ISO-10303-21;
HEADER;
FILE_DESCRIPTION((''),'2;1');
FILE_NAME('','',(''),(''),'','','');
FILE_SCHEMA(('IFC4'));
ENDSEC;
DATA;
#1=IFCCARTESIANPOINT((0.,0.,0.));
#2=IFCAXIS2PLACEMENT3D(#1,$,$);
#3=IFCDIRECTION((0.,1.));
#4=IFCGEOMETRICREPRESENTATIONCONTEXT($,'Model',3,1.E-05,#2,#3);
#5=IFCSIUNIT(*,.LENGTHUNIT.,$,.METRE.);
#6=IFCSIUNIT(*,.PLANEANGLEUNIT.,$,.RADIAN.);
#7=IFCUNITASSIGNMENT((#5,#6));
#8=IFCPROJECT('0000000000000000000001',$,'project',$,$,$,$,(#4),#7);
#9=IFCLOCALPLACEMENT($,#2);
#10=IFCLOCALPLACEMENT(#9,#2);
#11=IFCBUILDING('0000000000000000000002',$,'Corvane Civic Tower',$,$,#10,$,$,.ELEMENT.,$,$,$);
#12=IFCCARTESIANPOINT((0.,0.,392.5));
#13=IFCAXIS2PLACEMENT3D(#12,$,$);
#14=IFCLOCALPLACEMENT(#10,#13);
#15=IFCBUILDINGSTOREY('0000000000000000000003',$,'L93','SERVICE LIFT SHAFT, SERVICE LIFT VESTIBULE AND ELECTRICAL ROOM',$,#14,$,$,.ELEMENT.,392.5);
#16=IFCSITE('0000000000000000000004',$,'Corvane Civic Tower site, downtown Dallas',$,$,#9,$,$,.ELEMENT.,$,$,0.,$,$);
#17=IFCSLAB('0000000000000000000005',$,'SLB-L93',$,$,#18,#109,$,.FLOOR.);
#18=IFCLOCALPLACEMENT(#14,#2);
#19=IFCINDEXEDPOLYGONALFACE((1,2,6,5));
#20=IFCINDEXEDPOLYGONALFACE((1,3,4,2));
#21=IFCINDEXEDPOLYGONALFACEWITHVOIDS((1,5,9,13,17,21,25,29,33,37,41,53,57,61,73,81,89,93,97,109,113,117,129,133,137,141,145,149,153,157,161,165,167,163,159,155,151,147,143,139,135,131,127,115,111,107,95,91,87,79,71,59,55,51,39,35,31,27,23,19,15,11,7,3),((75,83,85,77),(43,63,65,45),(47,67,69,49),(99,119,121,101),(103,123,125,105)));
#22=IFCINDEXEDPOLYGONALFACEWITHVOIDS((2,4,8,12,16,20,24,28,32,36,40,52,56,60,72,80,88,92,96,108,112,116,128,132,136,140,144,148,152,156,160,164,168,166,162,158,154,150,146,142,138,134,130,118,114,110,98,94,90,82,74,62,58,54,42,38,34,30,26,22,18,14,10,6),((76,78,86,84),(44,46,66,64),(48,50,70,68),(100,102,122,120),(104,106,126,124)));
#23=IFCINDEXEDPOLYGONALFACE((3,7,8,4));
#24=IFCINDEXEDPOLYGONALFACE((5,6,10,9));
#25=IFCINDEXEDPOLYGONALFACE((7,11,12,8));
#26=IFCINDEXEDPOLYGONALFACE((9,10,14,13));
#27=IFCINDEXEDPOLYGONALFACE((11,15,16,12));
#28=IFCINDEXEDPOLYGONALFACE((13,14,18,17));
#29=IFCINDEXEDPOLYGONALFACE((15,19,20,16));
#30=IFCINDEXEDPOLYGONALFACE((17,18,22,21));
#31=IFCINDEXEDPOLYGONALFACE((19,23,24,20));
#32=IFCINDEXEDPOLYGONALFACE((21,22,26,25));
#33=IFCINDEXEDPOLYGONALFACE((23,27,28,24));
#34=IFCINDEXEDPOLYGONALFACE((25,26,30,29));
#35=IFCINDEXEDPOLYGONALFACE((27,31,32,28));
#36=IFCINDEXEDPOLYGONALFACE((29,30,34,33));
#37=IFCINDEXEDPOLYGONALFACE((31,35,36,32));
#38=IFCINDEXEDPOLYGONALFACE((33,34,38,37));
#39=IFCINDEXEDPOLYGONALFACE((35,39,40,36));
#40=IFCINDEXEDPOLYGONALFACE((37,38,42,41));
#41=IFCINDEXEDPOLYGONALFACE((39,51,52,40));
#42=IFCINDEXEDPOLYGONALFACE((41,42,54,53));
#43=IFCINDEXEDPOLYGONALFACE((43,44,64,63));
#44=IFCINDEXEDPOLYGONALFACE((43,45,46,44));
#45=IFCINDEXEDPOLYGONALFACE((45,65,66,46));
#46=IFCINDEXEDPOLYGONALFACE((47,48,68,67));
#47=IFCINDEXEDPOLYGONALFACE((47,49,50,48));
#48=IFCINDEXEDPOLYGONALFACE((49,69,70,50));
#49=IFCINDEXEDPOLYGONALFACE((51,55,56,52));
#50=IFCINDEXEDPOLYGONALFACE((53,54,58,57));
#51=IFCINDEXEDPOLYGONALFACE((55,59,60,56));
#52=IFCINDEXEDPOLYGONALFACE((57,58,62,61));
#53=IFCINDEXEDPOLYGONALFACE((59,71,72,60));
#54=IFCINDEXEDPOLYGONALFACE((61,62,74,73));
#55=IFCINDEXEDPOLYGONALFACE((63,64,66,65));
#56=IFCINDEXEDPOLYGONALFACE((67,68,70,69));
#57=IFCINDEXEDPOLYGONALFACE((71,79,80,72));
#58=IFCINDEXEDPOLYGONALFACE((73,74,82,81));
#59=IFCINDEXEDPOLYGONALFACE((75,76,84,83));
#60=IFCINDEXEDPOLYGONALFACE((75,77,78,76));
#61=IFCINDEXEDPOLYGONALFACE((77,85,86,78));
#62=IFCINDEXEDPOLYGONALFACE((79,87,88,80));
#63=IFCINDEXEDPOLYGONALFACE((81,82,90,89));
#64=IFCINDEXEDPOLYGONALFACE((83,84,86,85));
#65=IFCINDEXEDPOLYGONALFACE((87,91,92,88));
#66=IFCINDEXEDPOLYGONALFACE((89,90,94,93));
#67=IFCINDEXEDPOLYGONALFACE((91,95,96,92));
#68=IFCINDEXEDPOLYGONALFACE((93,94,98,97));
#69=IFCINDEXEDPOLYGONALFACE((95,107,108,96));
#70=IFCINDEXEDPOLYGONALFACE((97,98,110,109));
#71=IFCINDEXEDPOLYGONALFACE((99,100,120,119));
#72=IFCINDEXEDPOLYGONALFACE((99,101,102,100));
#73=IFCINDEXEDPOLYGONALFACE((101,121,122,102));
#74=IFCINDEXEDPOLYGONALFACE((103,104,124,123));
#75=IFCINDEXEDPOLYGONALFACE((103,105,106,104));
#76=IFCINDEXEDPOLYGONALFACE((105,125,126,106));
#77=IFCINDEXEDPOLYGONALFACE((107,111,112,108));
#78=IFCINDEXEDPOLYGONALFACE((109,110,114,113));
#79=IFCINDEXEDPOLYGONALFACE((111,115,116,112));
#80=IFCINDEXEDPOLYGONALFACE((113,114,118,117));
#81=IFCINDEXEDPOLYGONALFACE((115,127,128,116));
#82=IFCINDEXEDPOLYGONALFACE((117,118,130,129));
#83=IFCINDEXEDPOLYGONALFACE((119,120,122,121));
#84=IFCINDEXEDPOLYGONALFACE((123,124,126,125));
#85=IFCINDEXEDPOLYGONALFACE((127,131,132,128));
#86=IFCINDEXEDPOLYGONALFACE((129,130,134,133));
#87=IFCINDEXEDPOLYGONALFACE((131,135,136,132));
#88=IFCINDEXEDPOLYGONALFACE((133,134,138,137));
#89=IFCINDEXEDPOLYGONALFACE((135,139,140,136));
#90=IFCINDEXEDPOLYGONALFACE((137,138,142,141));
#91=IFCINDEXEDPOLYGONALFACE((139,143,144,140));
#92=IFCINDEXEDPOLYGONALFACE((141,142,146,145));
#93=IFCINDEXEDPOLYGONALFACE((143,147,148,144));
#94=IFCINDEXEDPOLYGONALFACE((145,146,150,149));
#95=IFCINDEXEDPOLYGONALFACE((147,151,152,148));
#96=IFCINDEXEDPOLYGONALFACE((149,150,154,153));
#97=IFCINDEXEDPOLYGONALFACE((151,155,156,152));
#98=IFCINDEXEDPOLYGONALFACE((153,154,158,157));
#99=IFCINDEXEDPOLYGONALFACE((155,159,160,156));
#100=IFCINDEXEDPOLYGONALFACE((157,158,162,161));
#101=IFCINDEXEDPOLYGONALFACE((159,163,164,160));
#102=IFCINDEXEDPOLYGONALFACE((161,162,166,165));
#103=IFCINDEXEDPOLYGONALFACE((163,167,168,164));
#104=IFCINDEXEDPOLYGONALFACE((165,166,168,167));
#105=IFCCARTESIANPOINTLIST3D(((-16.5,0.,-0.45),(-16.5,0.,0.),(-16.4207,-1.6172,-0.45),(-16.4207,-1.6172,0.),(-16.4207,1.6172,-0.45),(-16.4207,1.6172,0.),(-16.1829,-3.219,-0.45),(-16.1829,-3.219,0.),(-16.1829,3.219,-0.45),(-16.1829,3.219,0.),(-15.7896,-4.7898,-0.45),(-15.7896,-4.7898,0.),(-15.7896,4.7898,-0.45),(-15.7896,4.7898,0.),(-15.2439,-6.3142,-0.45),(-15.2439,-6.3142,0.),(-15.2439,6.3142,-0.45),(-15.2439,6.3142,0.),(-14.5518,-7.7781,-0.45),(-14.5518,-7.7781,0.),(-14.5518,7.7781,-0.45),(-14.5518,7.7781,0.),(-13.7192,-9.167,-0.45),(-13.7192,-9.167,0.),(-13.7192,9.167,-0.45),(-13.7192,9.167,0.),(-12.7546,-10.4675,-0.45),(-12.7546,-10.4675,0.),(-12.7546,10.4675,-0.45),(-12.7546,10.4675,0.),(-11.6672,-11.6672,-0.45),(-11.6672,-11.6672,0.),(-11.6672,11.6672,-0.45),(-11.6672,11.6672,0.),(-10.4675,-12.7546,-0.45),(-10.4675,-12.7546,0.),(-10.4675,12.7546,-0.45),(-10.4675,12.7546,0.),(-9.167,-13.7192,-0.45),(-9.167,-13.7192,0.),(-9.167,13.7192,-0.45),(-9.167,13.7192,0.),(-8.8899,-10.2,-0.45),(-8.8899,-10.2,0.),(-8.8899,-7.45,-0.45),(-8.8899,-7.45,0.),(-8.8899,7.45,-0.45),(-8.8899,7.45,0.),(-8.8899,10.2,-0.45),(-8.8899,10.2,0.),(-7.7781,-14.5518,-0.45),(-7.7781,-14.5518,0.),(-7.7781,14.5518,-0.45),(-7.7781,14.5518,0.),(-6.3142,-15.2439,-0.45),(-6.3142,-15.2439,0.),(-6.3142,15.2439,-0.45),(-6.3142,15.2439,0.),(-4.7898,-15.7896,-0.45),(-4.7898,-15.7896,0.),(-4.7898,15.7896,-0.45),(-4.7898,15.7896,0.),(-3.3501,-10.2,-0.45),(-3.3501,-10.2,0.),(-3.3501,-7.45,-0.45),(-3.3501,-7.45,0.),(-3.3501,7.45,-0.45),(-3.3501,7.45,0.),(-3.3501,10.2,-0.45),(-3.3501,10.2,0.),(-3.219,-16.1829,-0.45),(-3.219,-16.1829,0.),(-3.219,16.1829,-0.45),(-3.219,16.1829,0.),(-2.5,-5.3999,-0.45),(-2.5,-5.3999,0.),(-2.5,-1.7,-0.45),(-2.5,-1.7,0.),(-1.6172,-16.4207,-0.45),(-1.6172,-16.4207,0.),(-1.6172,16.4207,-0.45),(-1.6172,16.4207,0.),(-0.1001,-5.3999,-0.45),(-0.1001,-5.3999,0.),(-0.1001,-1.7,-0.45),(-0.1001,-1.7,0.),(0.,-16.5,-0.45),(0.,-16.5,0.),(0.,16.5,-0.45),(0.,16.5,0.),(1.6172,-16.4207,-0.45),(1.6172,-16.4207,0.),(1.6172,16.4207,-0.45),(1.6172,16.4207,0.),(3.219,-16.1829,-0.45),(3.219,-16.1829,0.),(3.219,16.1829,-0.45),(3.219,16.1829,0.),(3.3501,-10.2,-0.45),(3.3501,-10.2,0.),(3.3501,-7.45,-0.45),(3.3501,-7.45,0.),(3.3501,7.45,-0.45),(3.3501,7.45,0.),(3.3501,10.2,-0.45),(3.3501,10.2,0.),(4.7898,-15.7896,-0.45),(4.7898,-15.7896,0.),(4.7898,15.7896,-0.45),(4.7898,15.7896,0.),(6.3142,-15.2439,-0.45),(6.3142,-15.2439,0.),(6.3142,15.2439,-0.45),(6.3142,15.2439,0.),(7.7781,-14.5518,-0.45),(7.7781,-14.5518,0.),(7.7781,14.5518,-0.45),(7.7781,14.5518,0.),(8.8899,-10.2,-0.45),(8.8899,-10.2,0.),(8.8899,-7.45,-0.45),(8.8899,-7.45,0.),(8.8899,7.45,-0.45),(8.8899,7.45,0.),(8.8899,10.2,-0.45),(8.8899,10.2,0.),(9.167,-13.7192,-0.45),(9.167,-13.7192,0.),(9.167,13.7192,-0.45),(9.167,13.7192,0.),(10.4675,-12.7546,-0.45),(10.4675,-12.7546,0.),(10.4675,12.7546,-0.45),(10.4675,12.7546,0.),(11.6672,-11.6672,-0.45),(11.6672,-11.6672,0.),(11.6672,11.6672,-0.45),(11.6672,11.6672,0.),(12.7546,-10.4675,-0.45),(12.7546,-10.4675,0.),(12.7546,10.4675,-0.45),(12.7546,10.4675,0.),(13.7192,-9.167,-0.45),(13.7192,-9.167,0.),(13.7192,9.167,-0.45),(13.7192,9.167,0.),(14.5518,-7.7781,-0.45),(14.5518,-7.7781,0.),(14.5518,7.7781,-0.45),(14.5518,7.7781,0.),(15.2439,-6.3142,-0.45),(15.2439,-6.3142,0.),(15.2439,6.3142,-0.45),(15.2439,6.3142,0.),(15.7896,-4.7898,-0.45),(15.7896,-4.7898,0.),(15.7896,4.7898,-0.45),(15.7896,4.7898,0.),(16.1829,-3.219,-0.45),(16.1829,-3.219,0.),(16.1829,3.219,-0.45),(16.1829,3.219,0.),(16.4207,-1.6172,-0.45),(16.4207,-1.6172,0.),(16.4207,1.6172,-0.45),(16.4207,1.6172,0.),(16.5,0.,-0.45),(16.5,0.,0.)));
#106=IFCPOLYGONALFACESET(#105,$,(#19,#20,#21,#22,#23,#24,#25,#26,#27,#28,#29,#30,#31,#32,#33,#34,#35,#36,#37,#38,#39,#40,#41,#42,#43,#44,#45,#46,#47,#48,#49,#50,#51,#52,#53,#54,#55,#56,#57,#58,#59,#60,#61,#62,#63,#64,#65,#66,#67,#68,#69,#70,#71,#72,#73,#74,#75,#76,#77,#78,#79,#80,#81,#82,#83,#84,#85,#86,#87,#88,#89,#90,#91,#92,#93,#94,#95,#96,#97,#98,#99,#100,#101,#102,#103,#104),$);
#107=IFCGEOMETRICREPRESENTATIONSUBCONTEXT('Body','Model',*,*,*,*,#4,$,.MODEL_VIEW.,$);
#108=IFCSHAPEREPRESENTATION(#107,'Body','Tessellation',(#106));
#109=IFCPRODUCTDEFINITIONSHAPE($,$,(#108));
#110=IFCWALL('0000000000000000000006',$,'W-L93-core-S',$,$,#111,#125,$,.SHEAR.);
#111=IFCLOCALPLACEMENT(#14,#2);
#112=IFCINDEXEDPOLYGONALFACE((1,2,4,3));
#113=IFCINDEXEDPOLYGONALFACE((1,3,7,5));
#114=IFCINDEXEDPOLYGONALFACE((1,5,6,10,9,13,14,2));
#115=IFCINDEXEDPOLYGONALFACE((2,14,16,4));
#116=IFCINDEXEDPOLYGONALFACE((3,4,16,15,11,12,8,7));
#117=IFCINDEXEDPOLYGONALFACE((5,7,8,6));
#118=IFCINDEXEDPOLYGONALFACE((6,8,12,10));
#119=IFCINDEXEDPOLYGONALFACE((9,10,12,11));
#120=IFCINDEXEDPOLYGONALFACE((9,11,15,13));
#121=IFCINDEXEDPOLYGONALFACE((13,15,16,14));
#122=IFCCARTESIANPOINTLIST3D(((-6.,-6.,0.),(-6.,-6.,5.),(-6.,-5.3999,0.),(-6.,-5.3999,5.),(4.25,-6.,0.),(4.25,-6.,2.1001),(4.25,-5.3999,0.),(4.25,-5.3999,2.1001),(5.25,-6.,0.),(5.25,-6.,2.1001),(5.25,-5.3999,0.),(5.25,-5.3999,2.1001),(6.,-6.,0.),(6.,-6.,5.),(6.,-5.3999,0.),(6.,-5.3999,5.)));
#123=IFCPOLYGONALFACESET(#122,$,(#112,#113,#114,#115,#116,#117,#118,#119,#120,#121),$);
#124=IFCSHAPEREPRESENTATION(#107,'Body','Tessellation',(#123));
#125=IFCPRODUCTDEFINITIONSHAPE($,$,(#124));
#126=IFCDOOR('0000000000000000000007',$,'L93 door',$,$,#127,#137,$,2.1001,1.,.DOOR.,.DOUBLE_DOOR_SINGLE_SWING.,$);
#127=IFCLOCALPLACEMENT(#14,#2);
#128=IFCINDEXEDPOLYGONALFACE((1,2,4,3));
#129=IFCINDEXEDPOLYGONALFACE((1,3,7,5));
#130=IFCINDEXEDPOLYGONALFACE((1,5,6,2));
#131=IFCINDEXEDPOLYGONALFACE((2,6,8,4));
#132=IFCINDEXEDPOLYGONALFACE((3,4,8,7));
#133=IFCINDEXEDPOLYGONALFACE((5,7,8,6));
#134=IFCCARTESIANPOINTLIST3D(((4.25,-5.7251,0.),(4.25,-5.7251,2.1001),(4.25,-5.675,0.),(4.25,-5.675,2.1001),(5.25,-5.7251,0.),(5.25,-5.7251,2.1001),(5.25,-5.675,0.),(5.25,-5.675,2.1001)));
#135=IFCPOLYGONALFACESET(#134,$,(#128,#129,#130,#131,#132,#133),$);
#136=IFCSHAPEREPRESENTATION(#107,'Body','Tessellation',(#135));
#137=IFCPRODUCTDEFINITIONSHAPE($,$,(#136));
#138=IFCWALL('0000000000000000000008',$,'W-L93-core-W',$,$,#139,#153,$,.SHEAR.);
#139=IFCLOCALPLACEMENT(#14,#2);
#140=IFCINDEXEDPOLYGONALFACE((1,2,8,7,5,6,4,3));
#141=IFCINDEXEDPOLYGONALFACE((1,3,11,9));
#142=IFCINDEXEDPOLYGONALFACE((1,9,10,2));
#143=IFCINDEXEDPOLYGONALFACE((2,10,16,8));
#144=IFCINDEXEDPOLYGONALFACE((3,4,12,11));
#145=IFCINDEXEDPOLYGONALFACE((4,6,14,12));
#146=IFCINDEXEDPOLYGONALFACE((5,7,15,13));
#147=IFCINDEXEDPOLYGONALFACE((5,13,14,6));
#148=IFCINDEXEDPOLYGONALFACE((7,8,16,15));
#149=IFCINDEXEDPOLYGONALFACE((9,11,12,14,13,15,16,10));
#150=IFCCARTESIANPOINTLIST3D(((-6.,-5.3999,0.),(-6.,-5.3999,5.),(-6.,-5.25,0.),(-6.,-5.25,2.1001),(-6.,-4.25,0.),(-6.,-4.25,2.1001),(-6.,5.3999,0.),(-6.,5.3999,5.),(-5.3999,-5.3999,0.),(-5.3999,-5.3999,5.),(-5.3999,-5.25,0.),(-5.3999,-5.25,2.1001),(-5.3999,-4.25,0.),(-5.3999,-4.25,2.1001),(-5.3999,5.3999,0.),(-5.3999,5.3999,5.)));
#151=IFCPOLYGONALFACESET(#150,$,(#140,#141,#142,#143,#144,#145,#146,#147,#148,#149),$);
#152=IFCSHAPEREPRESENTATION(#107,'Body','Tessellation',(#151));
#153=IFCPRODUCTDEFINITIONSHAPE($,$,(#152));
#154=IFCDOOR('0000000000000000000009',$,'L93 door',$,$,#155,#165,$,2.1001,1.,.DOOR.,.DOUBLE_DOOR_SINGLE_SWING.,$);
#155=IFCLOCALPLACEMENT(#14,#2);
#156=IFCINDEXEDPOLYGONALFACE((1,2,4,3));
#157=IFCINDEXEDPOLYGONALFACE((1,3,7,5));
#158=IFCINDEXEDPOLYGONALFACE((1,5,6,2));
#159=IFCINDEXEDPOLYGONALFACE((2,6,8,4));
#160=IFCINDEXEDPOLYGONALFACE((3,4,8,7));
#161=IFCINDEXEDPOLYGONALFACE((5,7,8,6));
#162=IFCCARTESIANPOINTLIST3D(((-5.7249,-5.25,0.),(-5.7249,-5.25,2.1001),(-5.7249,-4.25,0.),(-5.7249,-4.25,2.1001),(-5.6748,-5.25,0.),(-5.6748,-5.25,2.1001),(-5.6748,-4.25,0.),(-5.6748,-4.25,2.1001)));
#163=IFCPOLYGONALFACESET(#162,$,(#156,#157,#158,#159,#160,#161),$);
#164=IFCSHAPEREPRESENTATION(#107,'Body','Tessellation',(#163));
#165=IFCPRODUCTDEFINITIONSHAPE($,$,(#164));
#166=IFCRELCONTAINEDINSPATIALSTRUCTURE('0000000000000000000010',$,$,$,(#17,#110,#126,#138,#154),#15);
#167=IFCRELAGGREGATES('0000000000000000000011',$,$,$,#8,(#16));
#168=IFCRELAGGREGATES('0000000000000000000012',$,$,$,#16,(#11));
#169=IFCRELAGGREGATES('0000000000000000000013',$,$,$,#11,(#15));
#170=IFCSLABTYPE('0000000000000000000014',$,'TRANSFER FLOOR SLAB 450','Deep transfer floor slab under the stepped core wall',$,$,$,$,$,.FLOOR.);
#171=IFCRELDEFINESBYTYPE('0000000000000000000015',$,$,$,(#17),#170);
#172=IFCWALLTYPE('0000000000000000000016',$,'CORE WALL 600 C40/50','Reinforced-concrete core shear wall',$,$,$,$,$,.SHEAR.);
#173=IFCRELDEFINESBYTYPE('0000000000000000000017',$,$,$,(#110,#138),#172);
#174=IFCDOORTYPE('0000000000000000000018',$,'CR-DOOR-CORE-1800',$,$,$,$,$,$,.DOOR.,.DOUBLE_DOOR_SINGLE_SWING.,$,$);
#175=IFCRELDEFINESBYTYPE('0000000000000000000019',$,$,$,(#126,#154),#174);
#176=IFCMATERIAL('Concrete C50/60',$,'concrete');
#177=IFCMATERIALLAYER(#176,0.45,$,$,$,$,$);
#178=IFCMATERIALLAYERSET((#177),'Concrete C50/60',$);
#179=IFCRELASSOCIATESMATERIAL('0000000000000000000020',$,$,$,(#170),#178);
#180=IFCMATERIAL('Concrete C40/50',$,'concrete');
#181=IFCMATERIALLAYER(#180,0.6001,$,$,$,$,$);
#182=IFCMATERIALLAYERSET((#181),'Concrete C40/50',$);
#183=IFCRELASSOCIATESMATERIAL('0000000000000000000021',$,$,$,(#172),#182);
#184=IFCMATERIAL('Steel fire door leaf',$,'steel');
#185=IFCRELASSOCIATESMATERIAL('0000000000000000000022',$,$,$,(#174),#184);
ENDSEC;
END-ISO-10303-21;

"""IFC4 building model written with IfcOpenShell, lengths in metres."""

from ifc_helpers import new_model, si_unit, direction, frame, frame_2d, origin, place, context, subcontext, project, spatial, polyline, rectangle, outline, extrude, material, layer, layer_set, type_object, element, fill, save


model = new_model("IFC4")

# Units and contexts
model_context = context("Model", 3, precision=1e-05, world=origin(), true_north=direction((0.0, 1.0)))
body_context = subcontext(model_context, "Body", "Model", "MODEL_VIEW")
ifc_project = project(units=[si_unit("LENGTHUNIT", "METRE"), si_unit("PLANEANGLEUNIT", "RADIAN")], contexts=[model_context])

# Site, building, storey
site_placement = place(None, origin())
site = spatial("IfcSite", under=ifc_project, at=site_placement, Name="Corvane Civic Tower site, downtown Dallas", CompositionType="ELEMENT", RefElevation=0.0)
building_placement = place(site_placement, origin())
building = spatial("IfcBuilding", under=site, at=building_placement, Name="Corvane Civic Tower", CompositionType="ELEMENT")
storey_placement = place(building_placement, frame((0.0, 0.0, 392.5)))
storey = spatial("IfcBuildingStorey", under=building, at=storey_placement, Name="L93", Description="SERVICE LIFT SHAFT, SERVICE LIFT VESTIBULE AND ELECTRICAL ROOM", CompositionType="ELEMENT", Elevation=392.5)

# Slab
ifc_material_1 = material(Name="Concrete C50/60", Category="concrete")
ifc_layer_1 = layer(ifc_material_1, 0.45)
ifc_layer_set_1 = layer_set([ifc_layer_1], Name="Concrete C50/60")
slab_type_1 = type_object("IfcSlabType", Name="TRANSFER FLOOR SLAB 450", Description="Deep transfer floor slab under the stepped core wall", PredefinedType="FLOOR", material=ifc_layer_set_1)
slab_1_placement = place(storey_placement, frame((0.0, 0.0, -0.45)))
element("IfcSlab", 1, at=slab_1_placement, inside=storey, type_object=slab_type_1, Name="SLB-L93", PredefinedType="FLOOR", context=body_context, shape_type="SweptSolid", body=[
    extrude(outline(polyline([(0.0, 16.5), (-1.6172, 16.4207), (-3.219, 16.1829), (-4.7898, 15.7896), (-6.3142, 15.2439), (-7.7781, 14.5518), (-9.167, 13.7192), (-10.4675, 12.7546), (-11.6672, 11.6672), (-12.7546, 10.4675), (-13.7192, 9.167), (-14.5518, 7.7781), (-15.2439, 6.3142), (-15.7896, 4.7898), (-16.1829, 3.219), (-16.4207, 1.6172), (-16.5, 0.0), (-16.4207, -1.6172), (-16.1829, -3.219), (-15.7896, -4.7898), (-15.2439, -6.3142), (-14.5518, -7.7781), (-13.7192, -9.167), (-12.7546, -10.4675), (-11.6672, -11.6672), (-10.4675, -12.7546), (-9.167, -13.7192), (-7.7781, -14.5518), (-6.3142, -15.2439), (-4.7898, -15.7896), (-3.219, -16.1829), (-1.6172, -16.4207), (0.0, -16.5), (1.6172, -16.4207), (3.219, -16.1829), (4.7898, -15.7896), (6.3142, -15.2439), (7.7781, -14.5518), (9.167, -13.7192), (10.4675, -12.7546), (11.6672, -11.6672), (12.7546, -10.4675), (13.7192, -9.167), (14.5518, -7.7781), (15.2439, -6.3142), (15.7896, -4.7898), (16.1829, -3.219), (16.4207, -1.6172), (16.5, 0.0), (16.4207, 1.6172), (16.1829, 3.219), (15.7896, 4.7898), (15.2439, 6.3142), (14.5518, 7.7781), (13.7192, 9.167), (12.7546, 10.4675), (11.6672, 11.6672), (10.4675, 12.7546), (9.167, 13.7192), (7.7781, 14.5518), (6.3142, 15.2439), (4.7898, 15.7896), (3.219, 16.1829), (1.6172, 16.4207), (0.0, 16.5)]), holes=[polyline([(-2.5, -5.3999), (-2.5, -1.7), (-0.1001, -1.7), (-0.1001, -5.3999), (-2.5, -5.3999)]), polyline([(8.8899, 10.2), (8.8899, 7.45), (3.3501, 7.45), (3.3501, 10.2), (8.8899, 10.2)]), polyline([(-8.8899, 7.45), (-8.8899, 10.2), (-3.3501, 10.2), (-3.3501, 7.45), (-8.8899, 7.45)]), polyline([(8.8899, -7.45), (8.8899, -10.2), (3.3501, -10.2), (3.3501, -7.45), (8.8899, -7.45)]), polyline([(-8.8899, -10.2), (-8.8899, -7.45), (-3.3501, -7.45), (-3.3501, -10.2), (-8.8899, -10.2)])]), origin(), (0.0, 0.0, 1.0), 0.45),
])

# Walls, openings, doors
ifc_material_2 = material(Name="Concrete C40/50", Category="concrete")
ifc_layer_2 = layer(ifc_material_2, 0.6001)
ifc_layer_set_2 = layer_set([ifc_layer_2], Name="Concrete C40/50")
wall_type_1 = type_object("IfcWallType", Name="CORE WALL 600 C40/50", Description="Reinforced-concrete core shear wall", PredefinedType="SHEAR", material=ifc_layer_set_2)
wall_1_placement = place(storey_placement, frame((-6.0, -5.7, 0.0), z_axis=(0.0, 0.0, 1.0), x_axis=(1.0, 0.0, 0.0)))
wall_1 = element("IfcWall", 2, at=wall_1_placement, inside=storey, type_object=wall_type_1, Name="W-L93-core-S", PredefinedType="SHEAR", context=body_context, shape_type="SweptSolid", body=[
    extrude(rectangle(XDim=12.0, YDim=0.6001, at=frame_2d((6.0, 0.0))), origin(), (0.0, 0.0, 1.0), 5.0),
])
opening_1_placement = place(wall_1_placement, frame((10.25, 0.0, 0.0)))
opening_1 = element("IfcOpeningElement", 3, at=opening_1_placement, cuts=wall_1, PredefinedType="OPENING", context=body_context, shape_type="SweptSolid", body=[
    extrude(rectangle(XDim=1.0, YDim=2.1001, at=frame_2d((0.5, 1.05))), frame((0.0, 0.3101, 0.0), z_axis=(0.0, -1.0, 0.0), x_axis=(1.0, 0.0, 0.0)), (0.0, 0.0, 1.0), 0.6201),
])
ifc_material_3 = material(Name="Steel fire door leaf", Category="steel")
door_type_1 = type_object("IfcDoorType", Name="CR-DOOR-CORE-1800", OperationType="DOUBLE_DOOR_SINGLE_SWING", PredefinedType="DOOR", material=ifc_material_3)
door_1_placement = place(opening_1_placement, origin())
door_1 = element("IfcDoor", 4, at=door_1_placement, inside=storey, type_object=door_type_1, Name="L93 door", OperationType="DOUBLE_DOOR_SINGLE_SWING", OverallHeight=2.1001, OverallWidth=1.0, PredefinedType="DOOR", context=body_context, shape_type="SweptSolid", body=[
    extrude(rectangle(XDim=1.0, YDim=2.1001, at=frame_2d((0.5, 1.05))), frame((0.0, 0.0249, 0.0), z_axis=(0.0, -1.0, 0.0), x_axis=(1.0, 0.0, 0.0)), (0.0, 0.0, 1.0), 0.05),
])
fill(opening_1, door_1)
wall_2_placement = place(storey_placement, frame((-5.7, -5.3999, 0.0), z_axis=(0.0, 0.0, 1.0), x_axis=(0.0, 1.0, 0.0)))
wall_2 = element("IfcWall", 5, at=wall_2_placement, inside=storey, type_object=wall_type_1, Name="W-L93-core-W", PredefinedType="SHEAR", context=body_context, shape_type="SweptSolid", body=[
    extrude(rectangle(XDim=10.7998, YDim=0.6001, at=frame_2d((5.3999, 0.0))), origin(), (0.0, 0.0, 1.0), 5.0),
])
opening_2_placement = place(wall_2_placement, frame((0.1499, 0.0, 0.0)))
opening_2 = element("IfcOpeningElement", 6, at=opening_2_placement, cuts=wall_2, PredefinedType="OPENING", context=body_context, shape_type="SweptSolid", body=[
    extrude(rectangle(XDim=1.0, YDim=2.1001, at=frame_2d((0.5, 1.05))), frame((0.0, 0.3101, 0.0), z_axis=(0.0, -1.0, 0.0), x_axis=(1.0, 0.0, 0.0)), (0.0, 0.0, 1.0), 0.6201),
])
door_2_placement = place(opening_2_placement, origin())
door_2 = element("IfcDoor", 7, at=door_2_placement, inside=storey, type_object=door_type_1, Name="L93 door", OperationType="DOUBLE_DOOR_SINGLE_SWING", OverallHeight=2.1001, OverallWidth=1.0, PredefinedType="DOOR", context=body_context, shape_type="SweptSolid", body=[
    extrude(rectangle(XDim=1.0, YDim=2.1001, at=frame_2d((0.5, 1.05))), frame((0.0, 0.0249, 0.0), z_axis=(0.0, -1.0, 0.0), x_axis=(1.0, 0.0, 0.0)), (0.0, 0.0, 1.0), 0.05),
])
fill(opening_2, door_2)

save(model, "model.ifc")
